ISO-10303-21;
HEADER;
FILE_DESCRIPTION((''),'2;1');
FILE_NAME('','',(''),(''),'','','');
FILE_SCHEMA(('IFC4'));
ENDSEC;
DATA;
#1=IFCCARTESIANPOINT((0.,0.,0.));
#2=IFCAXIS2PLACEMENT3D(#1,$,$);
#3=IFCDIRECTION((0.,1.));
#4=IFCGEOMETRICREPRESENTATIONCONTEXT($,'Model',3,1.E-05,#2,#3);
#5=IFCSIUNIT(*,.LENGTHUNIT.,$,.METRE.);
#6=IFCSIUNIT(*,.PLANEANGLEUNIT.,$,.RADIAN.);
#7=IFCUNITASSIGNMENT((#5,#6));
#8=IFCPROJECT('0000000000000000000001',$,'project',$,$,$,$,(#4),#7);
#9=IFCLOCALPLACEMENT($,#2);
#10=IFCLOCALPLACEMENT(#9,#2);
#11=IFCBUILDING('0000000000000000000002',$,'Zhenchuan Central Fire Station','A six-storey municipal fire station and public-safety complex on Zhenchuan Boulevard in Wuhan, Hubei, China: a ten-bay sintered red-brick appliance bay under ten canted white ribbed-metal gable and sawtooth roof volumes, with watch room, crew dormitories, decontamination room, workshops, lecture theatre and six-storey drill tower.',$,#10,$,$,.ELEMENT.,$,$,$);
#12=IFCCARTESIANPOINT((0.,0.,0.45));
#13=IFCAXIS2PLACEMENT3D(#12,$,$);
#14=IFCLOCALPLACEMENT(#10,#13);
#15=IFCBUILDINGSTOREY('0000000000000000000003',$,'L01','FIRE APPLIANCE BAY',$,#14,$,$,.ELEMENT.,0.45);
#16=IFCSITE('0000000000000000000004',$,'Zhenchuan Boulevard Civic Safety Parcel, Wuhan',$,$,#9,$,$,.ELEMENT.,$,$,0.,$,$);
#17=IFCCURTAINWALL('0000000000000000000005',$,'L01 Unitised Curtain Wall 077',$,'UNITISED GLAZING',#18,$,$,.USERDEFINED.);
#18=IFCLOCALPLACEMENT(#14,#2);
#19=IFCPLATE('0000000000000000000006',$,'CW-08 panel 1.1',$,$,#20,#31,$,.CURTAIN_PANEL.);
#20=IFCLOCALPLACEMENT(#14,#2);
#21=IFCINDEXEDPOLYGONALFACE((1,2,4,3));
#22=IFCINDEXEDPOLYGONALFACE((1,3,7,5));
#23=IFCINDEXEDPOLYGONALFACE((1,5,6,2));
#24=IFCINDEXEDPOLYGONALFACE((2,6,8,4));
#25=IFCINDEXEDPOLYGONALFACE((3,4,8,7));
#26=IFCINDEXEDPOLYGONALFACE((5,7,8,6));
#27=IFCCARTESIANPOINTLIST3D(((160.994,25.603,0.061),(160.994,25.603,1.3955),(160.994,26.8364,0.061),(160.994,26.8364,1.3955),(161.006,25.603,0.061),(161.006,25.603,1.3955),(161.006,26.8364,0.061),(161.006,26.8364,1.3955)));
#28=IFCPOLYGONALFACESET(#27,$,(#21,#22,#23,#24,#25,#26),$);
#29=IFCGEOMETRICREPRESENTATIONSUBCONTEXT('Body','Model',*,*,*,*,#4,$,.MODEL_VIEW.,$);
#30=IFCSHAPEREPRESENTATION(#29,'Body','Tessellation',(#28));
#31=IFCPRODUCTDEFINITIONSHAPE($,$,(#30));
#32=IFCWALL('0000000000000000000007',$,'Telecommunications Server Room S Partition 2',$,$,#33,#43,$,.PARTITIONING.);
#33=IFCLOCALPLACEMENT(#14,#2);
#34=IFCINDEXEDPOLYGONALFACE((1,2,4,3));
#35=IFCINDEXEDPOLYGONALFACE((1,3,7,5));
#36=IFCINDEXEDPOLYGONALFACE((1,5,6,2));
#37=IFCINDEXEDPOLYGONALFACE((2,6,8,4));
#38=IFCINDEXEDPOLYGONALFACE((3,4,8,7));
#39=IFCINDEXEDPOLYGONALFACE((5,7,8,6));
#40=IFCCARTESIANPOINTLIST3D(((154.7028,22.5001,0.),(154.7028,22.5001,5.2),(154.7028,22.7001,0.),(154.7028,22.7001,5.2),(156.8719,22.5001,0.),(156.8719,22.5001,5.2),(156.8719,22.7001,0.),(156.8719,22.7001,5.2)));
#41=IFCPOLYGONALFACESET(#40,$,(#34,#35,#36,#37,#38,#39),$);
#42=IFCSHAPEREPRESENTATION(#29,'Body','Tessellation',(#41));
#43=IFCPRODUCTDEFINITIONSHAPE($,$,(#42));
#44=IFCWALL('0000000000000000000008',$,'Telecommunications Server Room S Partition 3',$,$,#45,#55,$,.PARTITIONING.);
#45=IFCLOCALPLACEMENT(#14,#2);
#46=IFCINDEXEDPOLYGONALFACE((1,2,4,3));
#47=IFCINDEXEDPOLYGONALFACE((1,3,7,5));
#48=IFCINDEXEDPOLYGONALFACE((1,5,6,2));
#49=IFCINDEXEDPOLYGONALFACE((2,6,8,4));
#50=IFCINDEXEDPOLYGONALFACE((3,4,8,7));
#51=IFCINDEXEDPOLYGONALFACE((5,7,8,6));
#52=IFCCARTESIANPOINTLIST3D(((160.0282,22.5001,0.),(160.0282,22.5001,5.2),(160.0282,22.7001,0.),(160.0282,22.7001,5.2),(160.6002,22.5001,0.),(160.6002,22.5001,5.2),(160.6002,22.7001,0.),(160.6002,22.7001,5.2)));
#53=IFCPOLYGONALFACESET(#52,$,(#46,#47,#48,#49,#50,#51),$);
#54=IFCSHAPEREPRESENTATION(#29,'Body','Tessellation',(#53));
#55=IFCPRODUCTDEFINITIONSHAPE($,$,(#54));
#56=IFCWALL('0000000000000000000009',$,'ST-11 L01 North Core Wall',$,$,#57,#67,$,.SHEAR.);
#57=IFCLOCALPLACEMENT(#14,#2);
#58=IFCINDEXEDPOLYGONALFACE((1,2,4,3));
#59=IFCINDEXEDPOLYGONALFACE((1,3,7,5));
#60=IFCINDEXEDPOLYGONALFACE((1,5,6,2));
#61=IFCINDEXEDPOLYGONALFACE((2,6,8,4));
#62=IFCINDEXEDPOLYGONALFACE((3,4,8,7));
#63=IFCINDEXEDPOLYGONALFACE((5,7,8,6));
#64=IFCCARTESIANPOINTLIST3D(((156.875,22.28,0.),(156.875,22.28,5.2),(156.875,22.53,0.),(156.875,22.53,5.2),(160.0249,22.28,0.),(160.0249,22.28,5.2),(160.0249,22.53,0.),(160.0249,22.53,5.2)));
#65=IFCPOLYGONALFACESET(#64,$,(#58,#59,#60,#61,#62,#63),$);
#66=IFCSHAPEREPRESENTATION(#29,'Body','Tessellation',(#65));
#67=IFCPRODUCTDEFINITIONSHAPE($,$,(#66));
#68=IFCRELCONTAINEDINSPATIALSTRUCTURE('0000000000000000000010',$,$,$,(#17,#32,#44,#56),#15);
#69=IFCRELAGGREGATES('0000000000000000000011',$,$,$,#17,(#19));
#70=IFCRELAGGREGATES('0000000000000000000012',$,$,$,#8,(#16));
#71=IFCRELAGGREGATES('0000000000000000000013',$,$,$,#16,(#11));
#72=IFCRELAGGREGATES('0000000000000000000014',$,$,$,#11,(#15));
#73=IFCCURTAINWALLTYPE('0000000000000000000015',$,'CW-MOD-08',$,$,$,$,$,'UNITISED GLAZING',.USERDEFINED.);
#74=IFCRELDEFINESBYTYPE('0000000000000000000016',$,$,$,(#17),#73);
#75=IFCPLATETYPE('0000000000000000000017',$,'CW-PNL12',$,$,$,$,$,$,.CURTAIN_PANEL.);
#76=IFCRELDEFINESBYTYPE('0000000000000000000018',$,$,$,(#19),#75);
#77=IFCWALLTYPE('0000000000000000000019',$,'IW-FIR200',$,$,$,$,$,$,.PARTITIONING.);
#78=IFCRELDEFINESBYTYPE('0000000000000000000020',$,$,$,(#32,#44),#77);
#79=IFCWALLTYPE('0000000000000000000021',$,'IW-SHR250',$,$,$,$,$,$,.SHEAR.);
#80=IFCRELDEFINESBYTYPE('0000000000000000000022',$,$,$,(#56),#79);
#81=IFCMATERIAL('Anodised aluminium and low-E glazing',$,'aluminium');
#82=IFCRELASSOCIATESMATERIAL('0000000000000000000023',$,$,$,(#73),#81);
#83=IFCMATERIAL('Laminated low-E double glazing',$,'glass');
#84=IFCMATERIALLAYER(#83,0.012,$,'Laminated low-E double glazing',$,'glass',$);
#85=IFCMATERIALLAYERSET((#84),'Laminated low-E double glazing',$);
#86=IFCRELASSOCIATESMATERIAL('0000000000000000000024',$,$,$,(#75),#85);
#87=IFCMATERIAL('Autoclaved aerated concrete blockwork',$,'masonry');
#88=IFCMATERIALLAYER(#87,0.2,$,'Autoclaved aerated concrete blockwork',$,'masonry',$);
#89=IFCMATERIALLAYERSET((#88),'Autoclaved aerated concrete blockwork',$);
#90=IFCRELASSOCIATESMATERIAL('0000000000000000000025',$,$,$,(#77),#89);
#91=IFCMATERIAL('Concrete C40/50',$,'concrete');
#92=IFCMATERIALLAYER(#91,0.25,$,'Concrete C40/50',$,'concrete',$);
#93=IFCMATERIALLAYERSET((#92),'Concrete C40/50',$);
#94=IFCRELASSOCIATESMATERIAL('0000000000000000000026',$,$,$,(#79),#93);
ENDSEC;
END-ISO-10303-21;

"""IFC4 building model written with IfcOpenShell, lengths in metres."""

from ifc_helpers import new_model, si_unit, direction, frame, frame_2d, origin, origin_2d, place, context, subcontext, project, spatial, rectangle, extrude, material, layer, layer_set, type_object, element, aggregate, save


model = new_model("IFC4")

# Units and contexts
model_context = context("Model", 3, precision=1e-05, world=origin(), true_north=direction((0.0, 1.0)))
body_context = subcontext(model_context, "Body", "Model", "MODEL_VIEW")
ifc_project = project(units=[si_unit("LENGTHUNIT", "METRE"), si_unit("PLANEANGLEUNIT", "RADIAN")], contexts=[model_context])

# Site, building, storey
site_placement = place(None, origin())
site = spatial("IfcSite", under=ifc_project, at=site_placement, Name="Zhenchuan Boulevard Civic Safety Parcel, Wuhan", CompositionType="ELEMENT", RefElevation=0.0)
building_placement = place(site_placement, origin())
building = spatial("IfcBuilding", under=site, at=building_placement, Name="Zhenchuan Central Fire Station", Description="A six-storey municipal fire station and public-safety complex on Zhenchuan Boulevard in Wuhan, Hubei, China: a ten-bay sintered red-brick appliance bay under ten canted white ribbed-metal gable and sawtooth roof volumes, with watch room, crew dormitories, decontamination room, workshops, lecture theatre and six-storey drill tower.", CompositionType="ELEMENT")
storey_placement = place(building_placement, frame((0.0, 0.0, 0.45)))
storey = spatial("IfcBuildingStorey", under=building, at=storey_placement, Name="L01", Description="FIRE APPLIANCE BAY", CompositionType="ELEMENT", Elevation=0.45)

# Shared definitions
ifc_material_1 = material(Name="Concrete C40/50", Category="concrete")

# Curtain wall
ifc_material_2 = material(Name="Anodised aluminium and low-E glazing", Category="aluminium")
curtain_wall_type_1 = type_object("IfcCurtainWallType", Name="CW-MOD-08", ElementType="UNITISED GLAZING", PredefinedType="USERDEFINED", material=ifc_material_2)
curtain_wall_1_placement = place(storey_placement, origin())
curtain_wall_1 = element("IfcCurtainWall", 1, at=curtain_wall_1_placement, inside=storey, type_object=curtain_wall_type_1, Name="L01 Unitised Curtain Wall 077", ObjectType="UNITISED GLAZING", PredefinedType="USERDEFINED")

# Plate
ifc_material_3 = material(Name="Laminated low-E double glazing", Category="glass")
ifc_layer_1 = layer(ifc_material_3, 0.012, Name="Laminated low-E double glazing", Category="glass")
ifc_layer_set_1 = layer_set([ifc_layer_1], Name="Laminated low-E double glazing")
plate_type = type_object("IfcPlateType", Name="CW-PNL12", PredefinedType="CURTAIN_PANEL", material=ifc_layer_set_1)
plate_1_placement = place(storey_placement, frame((161.0, 26.2197, 0.061), z_axis=(0.0, 0.0, 1.0), x_axis=(0.0, 1.0, 0.0)))
plate_1 = element("IfcPlate", 2, at=plate_1_placement, type_object=plate_type, Name="CW-08 panel 1.1", PredefinedType="CURTAIN_PANEL", context=body_context, shape_type="SweptSolid", body=[
    extrude(rectangle(XDim=1.2334, YDim=0.012, at=origin_2d()), origin(), (0.0, 0.0, 1.0), 1.3345),
])
aggregate(curtain_wall_1, [plate_1])

# Walls
ifc_material_4 = material(Name="Autoclaved aerated concrete blockwork", Category="masonry")
ifc_layer_2 = layer(ifc_material_4, 0.2, Name="Autoclaved aerated concrete blockwork", Category="masonry")
ifc_layer_set_2 = layer_set([ifc_layer_2], Name="Autoclaved aerated concrete blockwork")
wall_type_1 = type_object("IfcWallType", Name="IW-FIR200", PredefinedType="PARTITIONING", material=ifc_layer_set_2)
wall_1_placement = place(storey_placement, frame((154.7029, 22.6001, 0.0), z_axis=(0.0, 0.0, 1.0), x_axis=(1.0, 0.0, 0.0)))
element("IfcWall", 3, at=wall_1_placement, inside=storey, type_object=wall_type_1, Name="Telecommunications Server Room S Partition 2", PredefinedType="PARTITIONING", context=body_context, shape_type="SweptSolid", body=[
    extrude(rectangle(XDim=2.1692, YDim=0.2, at=frame_2d((1.0845, 0.0))), origin(), (0.0, 0.0, 1.0), 5.2),
])
wall_2_placement = place(storey_placement, frame((160.0281, 22.6001, 0.0), z_axis=(0.0, 0.0, 1.0), x_axis=(1.0, 0.0, 0.0)))
element("IfcWall", 4, at=wall_2_placement, inside=storey, type_object=wall_type_1, Name="Telecommunications Server Room S Partition 3", PredefinedType="PARTITIONING", context=body_context, shape_type="SweptSolid", body=[
    extrude(rectangle(XDim=0.572, YDim=0.2, at=frame_2d((0.2861, 0.0))), origin(), (0.0, 0.0, 1.0), 5.2),
])
ifc_layer_3 = layer(ifc_material_1, 0.25, Name="Concrete C40/50", Category="concrete")
ifc_layer_set_3 = layer_set([ifc_layer_3], Name="Concrete C40/50")
wall_type_2 = type_object("IfcWallType", Name="IW-SHR250", PredefinedType="SHEAR", material=ifc_layer_set_3)
wall_3_placement = place(storey_placement, frame((156.875, 22.405, 0.0), z_axis=(0.0, 0.0, 1.0), x_axis=(1.0, 0.0, 0.0)))
element("IfcWall", 5, at=wall_3_placement, inside=storey, type_object=wall_type_2, Name="ST-11 L01 North Core Wall", PredefinedType="SHEAR", context=body_context, shape_type="SweptSolid", body=[
    extrude(rectangle(XDim=3.1499, YDim=0.25, at=frame_2d((1.575, 0.0))), origin(), (0.0, 0.0, 1.0), 5.2),
])

save(model, "model.ifc")
